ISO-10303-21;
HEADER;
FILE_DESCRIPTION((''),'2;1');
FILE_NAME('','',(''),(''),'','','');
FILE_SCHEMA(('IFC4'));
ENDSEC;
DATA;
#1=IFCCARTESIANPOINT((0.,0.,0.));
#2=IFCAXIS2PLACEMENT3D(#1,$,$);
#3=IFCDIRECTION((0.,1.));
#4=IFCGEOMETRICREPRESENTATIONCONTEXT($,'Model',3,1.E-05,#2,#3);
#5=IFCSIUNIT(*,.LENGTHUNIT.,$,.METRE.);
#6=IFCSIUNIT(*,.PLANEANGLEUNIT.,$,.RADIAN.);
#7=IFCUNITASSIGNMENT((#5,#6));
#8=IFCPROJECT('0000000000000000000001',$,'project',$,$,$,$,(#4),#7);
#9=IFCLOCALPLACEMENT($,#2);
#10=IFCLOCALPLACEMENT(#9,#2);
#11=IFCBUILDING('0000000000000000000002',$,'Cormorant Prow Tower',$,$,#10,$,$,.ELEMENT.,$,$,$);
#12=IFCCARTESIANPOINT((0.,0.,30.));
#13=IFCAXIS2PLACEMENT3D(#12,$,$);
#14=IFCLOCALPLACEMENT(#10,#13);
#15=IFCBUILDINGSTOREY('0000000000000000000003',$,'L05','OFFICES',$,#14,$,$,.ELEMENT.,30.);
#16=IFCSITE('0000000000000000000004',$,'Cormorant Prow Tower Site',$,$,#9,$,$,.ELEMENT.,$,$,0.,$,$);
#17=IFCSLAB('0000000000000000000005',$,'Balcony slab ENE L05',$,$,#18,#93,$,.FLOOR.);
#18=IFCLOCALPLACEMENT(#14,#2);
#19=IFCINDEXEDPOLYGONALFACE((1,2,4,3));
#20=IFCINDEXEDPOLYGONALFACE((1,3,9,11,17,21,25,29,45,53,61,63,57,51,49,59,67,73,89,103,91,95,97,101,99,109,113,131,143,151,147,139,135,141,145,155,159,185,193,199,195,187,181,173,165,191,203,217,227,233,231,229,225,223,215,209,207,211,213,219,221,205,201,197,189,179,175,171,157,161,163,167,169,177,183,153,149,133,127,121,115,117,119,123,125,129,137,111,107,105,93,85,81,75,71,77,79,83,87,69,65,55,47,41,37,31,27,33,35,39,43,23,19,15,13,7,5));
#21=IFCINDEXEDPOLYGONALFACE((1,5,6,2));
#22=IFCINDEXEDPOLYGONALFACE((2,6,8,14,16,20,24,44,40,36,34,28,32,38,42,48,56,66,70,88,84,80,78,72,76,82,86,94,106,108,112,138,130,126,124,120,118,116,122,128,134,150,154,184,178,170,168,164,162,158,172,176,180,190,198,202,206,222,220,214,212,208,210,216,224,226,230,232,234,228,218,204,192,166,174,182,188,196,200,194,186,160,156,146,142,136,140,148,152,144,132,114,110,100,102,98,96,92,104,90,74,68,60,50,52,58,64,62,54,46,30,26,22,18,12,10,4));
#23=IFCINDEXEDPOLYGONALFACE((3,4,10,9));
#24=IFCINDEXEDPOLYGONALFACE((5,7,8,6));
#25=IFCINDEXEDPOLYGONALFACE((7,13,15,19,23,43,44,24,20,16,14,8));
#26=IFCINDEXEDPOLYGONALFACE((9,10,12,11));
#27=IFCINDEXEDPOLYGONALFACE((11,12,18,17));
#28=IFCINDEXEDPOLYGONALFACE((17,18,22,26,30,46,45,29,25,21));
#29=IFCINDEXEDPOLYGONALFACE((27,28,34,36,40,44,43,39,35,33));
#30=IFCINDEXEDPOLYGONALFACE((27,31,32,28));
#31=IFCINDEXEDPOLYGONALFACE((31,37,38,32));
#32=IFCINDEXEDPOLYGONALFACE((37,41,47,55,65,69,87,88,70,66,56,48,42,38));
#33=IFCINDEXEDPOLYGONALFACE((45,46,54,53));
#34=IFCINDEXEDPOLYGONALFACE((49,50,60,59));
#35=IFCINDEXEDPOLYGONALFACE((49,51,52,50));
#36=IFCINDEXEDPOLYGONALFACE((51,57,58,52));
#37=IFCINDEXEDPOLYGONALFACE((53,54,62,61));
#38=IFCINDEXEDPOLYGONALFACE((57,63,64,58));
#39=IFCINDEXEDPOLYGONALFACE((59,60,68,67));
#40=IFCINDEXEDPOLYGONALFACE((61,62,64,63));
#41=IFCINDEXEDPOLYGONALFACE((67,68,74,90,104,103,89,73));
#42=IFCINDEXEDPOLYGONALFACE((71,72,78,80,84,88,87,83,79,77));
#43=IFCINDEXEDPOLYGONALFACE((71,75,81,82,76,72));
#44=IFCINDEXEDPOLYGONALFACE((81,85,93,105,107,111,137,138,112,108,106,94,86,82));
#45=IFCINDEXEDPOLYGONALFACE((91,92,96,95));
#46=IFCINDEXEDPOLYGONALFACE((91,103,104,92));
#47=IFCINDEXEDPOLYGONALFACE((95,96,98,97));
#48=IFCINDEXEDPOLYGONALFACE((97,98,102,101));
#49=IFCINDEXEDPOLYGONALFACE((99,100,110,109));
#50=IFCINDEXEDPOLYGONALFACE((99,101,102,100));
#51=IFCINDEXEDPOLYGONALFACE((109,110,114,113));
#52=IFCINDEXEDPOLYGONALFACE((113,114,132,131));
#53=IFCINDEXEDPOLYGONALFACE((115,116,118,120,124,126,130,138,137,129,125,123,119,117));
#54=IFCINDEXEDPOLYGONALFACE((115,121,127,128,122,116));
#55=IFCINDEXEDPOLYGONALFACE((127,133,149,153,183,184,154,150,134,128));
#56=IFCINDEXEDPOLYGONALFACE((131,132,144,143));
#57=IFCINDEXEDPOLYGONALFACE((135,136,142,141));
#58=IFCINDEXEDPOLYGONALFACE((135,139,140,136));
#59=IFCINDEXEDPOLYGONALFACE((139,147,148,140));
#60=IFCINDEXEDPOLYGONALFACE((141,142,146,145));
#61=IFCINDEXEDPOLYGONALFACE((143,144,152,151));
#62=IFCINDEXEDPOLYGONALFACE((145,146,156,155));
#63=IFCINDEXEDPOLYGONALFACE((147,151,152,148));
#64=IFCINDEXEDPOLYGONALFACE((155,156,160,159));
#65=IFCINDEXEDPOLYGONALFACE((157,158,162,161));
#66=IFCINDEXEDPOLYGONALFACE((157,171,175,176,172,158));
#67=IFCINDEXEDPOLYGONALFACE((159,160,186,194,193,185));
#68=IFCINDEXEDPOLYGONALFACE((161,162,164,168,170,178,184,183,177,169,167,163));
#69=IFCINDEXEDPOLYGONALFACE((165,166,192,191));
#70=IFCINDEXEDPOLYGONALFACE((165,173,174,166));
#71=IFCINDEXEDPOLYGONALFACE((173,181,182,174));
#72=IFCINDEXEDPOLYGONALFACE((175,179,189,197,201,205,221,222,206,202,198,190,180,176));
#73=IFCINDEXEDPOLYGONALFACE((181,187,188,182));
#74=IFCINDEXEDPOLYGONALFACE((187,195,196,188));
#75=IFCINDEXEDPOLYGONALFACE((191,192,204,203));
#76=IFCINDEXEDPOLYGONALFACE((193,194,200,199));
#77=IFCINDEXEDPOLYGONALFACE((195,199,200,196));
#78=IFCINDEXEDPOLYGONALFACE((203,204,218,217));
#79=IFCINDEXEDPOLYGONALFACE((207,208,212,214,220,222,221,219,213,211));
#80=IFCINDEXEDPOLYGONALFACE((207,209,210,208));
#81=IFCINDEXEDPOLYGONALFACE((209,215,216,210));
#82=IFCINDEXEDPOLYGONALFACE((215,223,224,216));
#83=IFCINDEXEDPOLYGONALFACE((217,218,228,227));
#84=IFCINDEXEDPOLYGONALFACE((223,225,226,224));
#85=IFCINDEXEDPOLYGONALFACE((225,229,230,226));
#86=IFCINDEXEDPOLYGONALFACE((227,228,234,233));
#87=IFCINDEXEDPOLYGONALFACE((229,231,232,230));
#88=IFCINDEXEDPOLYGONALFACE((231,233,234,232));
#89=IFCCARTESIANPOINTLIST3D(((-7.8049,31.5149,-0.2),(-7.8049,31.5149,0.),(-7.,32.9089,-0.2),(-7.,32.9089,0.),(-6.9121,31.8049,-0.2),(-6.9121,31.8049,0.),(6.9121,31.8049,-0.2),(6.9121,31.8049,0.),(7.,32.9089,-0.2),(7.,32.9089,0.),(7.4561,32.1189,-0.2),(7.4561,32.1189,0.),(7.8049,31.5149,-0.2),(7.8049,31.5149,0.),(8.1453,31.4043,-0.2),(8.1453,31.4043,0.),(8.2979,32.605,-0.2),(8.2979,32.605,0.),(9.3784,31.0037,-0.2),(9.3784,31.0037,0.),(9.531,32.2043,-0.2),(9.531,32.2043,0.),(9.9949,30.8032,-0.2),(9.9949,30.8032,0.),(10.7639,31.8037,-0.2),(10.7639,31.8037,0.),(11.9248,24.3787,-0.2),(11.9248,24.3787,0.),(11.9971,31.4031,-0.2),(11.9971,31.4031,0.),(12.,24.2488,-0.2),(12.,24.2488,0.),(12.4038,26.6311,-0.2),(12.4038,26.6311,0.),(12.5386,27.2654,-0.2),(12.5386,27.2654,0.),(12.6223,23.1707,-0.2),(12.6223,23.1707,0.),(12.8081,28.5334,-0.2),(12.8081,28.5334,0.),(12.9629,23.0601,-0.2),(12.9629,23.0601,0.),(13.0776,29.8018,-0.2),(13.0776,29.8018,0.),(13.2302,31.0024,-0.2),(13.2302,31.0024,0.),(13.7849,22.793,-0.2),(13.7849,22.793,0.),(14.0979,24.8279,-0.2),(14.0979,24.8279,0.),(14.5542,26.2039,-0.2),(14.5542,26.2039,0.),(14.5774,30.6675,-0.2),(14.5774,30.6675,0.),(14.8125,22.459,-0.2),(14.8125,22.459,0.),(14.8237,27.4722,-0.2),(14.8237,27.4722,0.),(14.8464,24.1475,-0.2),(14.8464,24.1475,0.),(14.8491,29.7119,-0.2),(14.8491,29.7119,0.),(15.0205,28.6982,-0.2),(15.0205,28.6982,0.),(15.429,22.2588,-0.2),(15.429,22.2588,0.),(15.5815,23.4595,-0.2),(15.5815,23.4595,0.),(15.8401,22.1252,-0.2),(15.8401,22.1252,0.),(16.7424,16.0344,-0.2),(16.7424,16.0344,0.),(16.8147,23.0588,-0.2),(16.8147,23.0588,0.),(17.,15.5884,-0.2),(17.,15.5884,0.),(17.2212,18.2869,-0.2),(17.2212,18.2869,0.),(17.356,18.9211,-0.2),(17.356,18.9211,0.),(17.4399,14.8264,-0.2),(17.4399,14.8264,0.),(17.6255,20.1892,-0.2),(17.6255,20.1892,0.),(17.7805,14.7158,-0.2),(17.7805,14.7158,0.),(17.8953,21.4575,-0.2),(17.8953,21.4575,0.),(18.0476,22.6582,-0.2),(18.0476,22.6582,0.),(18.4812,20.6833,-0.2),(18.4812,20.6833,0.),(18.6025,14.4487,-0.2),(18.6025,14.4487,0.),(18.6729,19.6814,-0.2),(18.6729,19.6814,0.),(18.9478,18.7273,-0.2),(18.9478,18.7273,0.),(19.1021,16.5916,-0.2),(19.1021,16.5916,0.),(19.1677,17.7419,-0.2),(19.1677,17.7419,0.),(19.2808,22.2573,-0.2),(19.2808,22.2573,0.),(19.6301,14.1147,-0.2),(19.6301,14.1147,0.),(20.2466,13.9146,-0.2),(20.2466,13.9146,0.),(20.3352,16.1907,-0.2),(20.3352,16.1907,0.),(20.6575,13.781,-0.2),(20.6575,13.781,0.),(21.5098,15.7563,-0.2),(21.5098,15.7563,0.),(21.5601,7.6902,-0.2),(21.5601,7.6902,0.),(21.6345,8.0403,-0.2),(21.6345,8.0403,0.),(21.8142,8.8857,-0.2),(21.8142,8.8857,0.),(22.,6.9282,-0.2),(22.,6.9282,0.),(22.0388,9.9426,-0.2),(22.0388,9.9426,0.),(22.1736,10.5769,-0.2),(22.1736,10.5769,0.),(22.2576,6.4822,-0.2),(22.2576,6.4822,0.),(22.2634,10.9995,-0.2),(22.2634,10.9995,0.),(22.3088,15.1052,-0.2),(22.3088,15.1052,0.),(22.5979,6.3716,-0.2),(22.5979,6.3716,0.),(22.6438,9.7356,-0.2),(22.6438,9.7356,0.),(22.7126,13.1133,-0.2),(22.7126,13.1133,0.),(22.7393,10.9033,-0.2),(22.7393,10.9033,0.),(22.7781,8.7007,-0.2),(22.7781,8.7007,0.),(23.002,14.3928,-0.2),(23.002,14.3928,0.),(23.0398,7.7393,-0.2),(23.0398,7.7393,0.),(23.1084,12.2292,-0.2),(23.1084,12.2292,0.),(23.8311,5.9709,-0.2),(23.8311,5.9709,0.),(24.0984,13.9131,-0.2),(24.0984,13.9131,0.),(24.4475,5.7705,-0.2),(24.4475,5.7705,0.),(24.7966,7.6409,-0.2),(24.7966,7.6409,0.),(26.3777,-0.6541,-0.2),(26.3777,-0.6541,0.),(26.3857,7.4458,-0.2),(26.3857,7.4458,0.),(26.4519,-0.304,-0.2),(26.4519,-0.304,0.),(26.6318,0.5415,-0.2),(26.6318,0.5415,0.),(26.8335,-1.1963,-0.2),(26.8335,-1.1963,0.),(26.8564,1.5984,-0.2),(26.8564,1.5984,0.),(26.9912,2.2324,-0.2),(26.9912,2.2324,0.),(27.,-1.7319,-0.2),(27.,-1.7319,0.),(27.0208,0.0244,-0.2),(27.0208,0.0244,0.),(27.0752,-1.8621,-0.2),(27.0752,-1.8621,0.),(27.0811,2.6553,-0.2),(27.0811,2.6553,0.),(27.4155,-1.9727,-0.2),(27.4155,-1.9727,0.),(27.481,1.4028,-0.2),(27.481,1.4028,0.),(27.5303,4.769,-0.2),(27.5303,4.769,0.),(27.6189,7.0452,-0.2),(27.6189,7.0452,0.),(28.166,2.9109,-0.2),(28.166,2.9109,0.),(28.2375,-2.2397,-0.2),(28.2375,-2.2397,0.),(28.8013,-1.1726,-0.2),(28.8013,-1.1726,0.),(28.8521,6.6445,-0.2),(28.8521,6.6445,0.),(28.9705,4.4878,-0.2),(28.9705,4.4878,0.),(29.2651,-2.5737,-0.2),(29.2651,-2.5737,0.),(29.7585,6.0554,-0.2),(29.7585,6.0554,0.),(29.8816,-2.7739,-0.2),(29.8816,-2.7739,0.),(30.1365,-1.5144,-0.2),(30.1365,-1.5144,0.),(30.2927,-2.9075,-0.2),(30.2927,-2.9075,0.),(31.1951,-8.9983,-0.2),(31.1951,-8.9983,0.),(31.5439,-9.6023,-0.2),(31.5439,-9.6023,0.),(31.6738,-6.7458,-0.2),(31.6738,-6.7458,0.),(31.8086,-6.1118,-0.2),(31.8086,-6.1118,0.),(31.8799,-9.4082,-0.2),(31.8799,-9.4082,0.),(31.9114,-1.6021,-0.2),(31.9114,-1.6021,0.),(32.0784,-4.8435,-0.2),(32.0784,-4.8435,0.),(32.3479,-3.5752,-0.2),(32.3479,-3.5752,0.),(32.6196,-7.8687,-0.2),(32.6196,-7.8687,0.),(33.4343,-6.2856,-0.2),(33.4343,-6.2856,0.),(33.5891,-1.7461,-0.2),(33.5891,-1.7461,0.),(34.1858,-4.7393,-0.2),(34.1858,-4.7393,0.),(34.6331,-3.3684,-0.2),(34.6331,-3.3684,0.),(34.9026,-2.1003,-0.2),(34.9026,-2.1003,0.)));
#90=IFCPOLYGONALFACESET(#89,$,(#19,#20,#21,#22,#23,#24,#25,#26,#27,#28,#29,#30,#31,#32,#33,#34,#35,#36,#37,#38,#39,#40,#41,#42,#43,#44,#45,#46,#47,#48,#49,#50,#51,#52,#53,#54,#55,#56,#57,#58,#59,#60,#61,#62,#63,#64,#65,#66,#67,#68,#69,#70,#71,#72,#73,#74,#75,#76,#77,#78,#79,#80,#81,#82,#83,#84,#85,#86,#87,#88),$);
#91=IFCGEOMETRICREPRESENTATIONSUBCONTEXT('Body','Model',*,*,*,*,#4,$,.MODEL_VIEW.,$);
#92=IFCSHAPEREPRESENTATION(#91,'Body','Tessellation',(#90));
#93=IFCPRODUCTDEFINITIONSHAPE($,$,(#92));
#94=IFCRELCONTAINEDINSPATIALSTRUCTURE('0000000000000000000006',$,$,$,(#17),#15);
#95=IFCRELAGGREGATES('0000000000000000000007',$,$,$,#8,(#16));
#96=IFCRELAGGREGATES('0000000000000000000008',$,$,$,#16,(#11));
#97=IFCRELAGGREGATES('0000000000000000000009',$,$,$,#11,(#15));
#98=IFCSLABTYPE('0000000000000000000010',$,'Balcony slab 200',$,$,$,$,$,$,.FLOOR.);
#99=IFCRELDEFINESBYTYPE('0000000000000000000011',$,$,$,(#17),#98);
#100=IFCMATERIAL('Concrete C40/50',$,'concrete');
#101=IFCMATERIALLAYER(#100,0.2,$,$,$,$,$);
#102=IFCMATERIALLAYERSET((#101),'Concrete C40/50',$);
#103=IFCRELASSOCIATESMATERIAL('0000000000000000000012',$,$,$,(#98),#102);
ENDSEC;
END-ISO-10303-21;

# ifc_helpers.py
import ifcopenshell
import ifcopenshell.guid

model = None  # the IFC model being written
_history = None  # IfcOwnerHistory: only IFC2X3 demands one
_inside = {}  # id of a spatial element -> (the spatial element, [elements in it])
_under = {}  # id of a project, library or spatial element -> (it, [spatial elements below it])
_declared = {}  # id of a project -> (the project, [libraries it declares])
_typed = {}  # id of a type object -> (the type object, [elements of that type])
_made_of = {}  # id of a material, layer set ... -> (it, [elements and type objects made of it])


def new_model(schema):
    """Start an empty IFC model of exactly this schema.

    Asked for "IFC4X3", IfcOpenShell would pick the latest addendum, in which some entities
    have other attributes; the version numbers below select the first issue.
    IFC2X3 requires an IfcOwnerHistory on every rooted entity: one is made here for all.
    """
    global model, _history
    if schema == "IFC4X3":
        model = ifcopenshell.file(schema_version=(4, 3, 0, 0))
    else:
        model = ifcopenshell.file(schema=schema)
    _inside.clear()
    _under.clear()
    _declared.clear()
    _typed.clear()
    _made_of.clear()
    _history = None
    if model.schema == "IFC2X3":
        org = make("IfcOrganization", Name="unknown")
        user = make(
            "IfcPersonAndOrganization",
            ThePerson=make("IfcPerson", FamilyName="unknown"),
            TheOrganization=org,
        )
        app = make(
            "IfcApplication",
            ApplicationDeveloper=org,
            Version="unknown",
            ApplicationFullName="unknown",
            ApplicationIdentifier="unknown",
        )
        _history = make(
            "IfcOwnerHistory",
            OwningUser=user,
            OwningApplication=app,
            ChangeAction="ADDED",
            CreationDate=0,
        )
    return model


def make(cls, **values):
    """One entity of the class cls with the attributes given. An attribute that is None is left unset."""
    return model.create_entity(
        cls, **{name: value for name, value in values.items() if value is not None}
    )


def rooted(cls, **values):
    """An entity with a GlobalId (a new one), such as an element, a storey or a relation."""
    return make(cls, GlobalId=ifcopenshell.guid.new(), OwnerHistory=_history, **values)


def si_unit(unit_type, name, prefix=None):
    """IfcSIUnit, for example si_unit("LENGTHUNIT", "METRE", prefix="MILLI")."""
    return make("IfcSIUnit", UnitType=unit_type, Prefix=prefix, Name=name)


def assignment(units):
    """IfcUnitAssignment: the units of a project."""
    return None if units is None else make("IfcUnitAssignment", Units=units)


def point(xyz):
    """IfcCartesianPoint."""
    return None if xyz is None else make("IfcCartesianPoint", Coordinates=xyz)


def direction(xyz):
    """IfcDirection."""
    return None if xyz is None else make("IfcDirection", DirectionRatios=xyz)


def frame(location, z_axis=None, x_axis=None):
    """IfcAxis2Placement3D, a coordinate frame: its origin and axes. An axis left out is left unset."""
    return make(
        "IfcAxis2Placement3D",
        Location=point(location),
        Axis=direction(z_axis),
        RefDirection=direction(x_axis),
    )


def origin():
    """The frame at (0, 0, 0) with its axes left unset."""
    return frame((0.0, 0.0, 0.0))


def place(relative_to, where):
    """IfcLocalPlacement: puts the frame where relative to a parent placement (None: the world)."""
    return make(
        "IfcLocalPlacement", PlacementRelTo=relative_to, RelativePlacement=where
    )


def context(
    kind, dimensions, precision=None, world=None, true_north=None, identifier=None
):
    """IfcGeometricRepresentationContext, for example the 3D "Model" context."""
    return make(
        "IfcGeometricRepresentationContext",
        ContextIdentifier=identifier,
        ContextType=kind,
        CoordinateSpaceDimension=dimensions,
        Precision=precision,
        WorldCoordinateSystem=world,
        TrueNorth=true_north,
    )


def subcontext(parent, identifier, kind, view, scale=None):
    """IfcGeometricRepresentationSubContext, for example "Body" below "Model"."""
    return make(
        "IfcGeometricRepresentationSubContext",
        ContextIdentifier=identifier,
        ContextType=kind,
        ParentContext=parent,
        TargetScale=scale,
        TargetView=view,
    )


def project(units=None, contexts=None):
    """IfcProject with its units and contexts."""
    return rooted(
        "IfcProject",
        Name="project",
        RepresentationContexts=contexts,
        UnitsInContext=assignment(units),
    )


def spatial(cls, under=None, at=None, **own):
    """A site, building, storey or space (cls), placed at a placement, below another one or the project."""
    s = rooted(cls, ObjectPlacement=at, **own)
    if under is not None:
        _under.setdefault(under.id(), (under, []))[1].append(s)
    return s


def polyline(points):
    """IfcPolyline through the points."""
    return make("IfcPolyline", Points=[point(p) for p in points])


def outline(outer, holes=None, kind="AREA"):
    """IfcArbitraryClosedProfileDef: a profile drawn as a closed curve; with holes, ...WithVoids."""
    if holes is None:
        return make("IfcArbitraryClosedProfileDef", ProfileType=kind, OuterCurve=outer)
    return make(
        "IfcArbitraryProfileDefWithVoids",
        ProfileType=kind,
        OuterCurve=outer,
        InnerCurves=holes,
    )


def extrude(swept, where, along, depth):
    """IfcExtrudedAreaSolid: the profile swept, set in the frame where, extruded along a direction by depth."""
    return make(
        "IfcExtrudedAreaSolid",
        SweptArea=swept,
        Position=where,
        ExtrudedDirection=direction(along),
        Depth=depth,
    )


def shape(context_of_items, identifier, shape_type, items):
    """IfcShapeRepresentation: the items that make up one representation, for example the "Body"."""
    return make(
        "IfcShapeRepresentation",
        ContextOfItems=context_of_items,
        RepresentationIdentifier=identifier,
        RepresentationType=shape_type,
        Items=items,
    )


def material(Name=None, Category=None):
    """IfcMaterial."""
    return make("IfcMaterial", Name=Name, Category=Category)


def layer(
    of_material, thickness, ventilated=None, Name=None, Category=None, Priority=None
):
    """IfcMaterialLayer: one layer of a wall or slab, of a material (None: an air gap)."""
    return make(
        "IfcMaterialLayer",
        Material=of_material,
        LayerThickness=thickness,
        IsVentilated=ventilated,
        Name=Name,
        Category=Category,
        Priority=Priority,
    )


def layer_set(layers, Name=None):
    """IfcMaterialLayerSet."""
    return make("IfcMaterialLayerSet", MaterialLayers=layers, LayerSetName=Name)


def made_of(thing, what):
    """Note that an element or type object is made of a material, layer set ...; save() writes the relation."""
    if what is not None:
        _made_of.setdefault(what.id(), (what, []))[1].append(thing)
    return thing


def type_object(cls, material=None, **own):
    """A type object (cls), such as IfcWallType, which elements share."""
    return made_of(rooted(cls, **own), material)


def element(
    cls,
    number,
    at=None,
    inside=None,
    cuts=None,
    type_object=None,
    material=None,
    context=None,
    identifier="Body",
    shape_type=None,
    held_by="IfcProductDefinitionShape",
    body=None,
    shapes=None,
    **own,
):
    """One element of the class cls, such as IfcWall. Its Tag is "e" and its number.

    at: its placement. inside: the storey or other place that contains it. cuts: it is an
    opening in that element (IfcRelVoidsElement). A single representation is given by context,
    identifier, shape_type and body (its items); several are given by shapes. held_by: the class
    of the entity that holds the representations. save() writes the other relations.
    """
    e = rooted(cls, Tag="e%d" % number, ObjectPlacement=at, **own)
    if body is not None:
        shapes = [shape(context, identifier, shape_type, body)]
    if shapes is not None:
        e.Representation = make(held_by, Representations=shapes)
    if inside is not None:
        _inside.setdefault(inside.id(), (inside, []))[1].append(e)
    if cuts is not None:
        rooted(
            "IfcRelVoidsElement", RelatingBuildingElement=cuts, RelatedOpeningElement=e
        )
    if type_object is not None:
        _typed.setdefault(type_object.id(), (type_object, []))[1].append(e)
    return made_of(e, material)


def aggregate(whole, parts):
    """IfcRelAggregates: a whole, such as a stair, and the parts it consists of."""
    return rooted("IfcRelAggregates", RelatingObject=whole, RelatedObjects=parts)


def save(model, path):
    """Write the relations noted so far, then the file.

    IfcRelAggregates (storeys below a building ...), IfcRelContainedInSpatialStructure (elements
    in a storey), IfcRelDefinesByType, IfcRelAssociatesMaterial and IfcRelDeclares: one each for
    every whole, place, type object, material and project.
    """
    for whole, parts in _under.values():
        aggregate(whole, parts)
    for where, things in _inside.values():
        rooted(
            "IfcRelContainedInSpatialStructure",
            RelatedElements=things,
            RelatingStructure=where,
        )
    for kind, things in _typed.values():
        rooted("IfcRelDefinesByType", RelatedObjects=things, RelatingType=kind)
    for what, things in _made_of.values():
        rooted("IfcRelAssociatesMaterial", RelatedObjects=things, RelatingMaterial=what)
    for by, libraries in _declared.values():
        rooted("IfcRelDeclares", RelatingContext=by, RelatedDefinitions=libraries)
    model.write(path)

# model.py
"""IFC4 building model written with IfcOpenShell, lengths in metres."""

from ifc_helpers import new_model, si_unit, direction, frame, origin, place, context, subcontext, project, spatial, polyline, outline, extrude, material, layer, layer_set, type_object, element, save


model = new_model("IFC4")

# Units and contexts
model_context = context("Model", 3, precision=1e-05, world=origin(), true_north=direction((0.0, 1.0)))
body_context = subcontext(model_context, "Body", "Model", "MODEL_VIEW")
ifc_project = project(units=[si_unit("LENGTHUNIT", "METRE"), si_unit("PLANEANGLEUNIT", "RADIAN")], contexts=[model_context])

# Site, building, storey
site_placement = place(None, origin())
site = spatial("IfcSite", under=ifc_project, at=site_placement, Name="Cormorant Prow Tower Site", CompositionType="ELEMENT", RefElevation=0.0)
building_placement = place(site_placement, origin())
building = spatial("IfcBuilding", under=site, at=building_placement, Name="Cormorant Prow Tower", CompositionType="ELEMENT")
storey_placement = place(building_placement, frame((0.0, 0.0, 30.0)))
storey = spatial("IfcBuildingStorey", under=building, at=storey_placement, Name="L05", Description="OFFICES", CompositionType="ELEMENT", Elevation=30.0)

# Slab
ifc_material_1 = material(Name="Concrete C40/50", Category="concrete")
ifc_layer_1 = layer(ifc_material_1, 0.2)
ifc_layer_set_1 = layer_set([ifc_layer_1], Name="Concrete C40/50")
slab_type_1 = type_object("IfcSlabType", Name="Balcony slab 200", PredefinedType="FLOOR", material=ifc_layer_set_1)
slab_1_placement = place(storey_placement, frame((0.0, 0.0, -0.2)))
element("IfcSlab", 1, at=slab_1_placement, inside=storey, type_object=slab_type_1, Name="Balcony slab ENE L05", PredefinedType="FLOOR", context=body_context, shape_type="SweptSolid", body=[
    extrude(outline(polyline([(7.8049, 31.5149), (8.1453, 31.4043), (9.3784, 31.0037), (9.9949, 30.8032), (13.0776, 29.8018), (12.8081, 28.5334), (12.5386, 27.2654), (12.4038, 26.6311), (11.9248, 24.3787), (12.0, 24.2488), (12.6223, 23.1707), (12.9629, 23.0601), (13.7849, 22.793), (14.8125, 22.459), (15.429, 22.2588), (15.8401, 22.1252), (17.8953, 21.4575), (17.6255, 20.1892), (17.356, 18.9211), (17.2212, 18.2869), (16.7424, 16.0344), (17.0, 15.5884), (17.4399, 14.8264), (17.7805, 14.7158), (18.6025, 14.4487), (19.6301, 14.1147), (20.2466, 13.9146), (20.6575, 13.781), (22.7126, 13.1133), (22.2634, 10.9995), (22.1736, 10.5769), (22.0388, 9.9426), (21.8142, 8.8857), (21.6345, 8.0403), (21.5601, 7.6902), (22.0, 6.9282), (22.2576, 6.4822), (22.5979, 6.3716), (23.8311, 5.9709), (24.4475, 5.7705), (27.5303, 4.769), (27.0811, 2.6553), (26.9912, 2.2324), (26.8564, 1.5984), (26.6318, 0.5415), (26.4519, -0.304), (26.3777, -0.6541), (27.0, -1.7319), (27.0752, -1.8621), (27.4155, -1.9727), (28.2375, -2.2397), (29.2651, -2.5737), (29.8816, -2.7739), (30.2927, -2.9075), (32.3479, -3.5752), (32.0784, -4.8435), (31.8086, -6.1118), (31.6738, -6.7458), (31.1951, -8.9983), (31.5439, -9.6023), (31.8799, -9.4082), (32.6196, -7.8687), (33.4343, -6.2856), (34.1858, -4.7393), (34.6331, -3.3684), (34.9026, -2.1003), (33.5891, -1.7461), (31.9114, -1.6021), (30.1365, -1.5144), (28.8013, -1.1726), (26.8335, -1.1963), (27.0208, 0.0244), (27.481, 1.4028), (28.166, 2.9109), (28.9705, 4.4878), (29.7585, 6.0554), (28.8521, 6.6445), (27.6189, 7.0452), (26.3857, 7.4458), (24.7966, 7.6409), (23.0398, 7.7393), (22.7781, 8.7007), (22.6438, 9.7356), (22.7393, 10.9033), (23.1084, 12.2292), (24.0984, 13.9131), (23.002, 14.3928), (22.3088, 15.1052), (21.5098, 15.7563), (20.3352, 16.1907), (19.1021, 16.5916), (19.1677, 17.7419), (18.9478, 18.7273), (18.6729, 19.6814), (18.4812, 20.6833), (19.2808, 22.2573), (18.0476, 22.6582), (16.8147, 23.0588), (15.5815, 23.4595), (14.8464, 24.1475), (14.0979, 24.8279), (14.5542, 26.2039), (14.8237, 27.4722), (15.0205, 28.6982), (14.8491, 29.7119), (14.5774, 30.6675), (13.2302, 31.0024), (11.9971, 31.4031), (10.7639, 31.8037), (9.531, 32.2043), (8.2979, 32.605), (7.4561, 32.1189), (7.0, 32.9089), (-7.0, 32.9089), (-7.8049, 31.5149), (-6.9121, 31.8049), (6.9121, 31.8049), (7.8049, 31.5149), (7.8049, 31.5149)])), origin(), (0.0, 0.0, 1.0), 0.2),
])

save(model, "model.ifc")
